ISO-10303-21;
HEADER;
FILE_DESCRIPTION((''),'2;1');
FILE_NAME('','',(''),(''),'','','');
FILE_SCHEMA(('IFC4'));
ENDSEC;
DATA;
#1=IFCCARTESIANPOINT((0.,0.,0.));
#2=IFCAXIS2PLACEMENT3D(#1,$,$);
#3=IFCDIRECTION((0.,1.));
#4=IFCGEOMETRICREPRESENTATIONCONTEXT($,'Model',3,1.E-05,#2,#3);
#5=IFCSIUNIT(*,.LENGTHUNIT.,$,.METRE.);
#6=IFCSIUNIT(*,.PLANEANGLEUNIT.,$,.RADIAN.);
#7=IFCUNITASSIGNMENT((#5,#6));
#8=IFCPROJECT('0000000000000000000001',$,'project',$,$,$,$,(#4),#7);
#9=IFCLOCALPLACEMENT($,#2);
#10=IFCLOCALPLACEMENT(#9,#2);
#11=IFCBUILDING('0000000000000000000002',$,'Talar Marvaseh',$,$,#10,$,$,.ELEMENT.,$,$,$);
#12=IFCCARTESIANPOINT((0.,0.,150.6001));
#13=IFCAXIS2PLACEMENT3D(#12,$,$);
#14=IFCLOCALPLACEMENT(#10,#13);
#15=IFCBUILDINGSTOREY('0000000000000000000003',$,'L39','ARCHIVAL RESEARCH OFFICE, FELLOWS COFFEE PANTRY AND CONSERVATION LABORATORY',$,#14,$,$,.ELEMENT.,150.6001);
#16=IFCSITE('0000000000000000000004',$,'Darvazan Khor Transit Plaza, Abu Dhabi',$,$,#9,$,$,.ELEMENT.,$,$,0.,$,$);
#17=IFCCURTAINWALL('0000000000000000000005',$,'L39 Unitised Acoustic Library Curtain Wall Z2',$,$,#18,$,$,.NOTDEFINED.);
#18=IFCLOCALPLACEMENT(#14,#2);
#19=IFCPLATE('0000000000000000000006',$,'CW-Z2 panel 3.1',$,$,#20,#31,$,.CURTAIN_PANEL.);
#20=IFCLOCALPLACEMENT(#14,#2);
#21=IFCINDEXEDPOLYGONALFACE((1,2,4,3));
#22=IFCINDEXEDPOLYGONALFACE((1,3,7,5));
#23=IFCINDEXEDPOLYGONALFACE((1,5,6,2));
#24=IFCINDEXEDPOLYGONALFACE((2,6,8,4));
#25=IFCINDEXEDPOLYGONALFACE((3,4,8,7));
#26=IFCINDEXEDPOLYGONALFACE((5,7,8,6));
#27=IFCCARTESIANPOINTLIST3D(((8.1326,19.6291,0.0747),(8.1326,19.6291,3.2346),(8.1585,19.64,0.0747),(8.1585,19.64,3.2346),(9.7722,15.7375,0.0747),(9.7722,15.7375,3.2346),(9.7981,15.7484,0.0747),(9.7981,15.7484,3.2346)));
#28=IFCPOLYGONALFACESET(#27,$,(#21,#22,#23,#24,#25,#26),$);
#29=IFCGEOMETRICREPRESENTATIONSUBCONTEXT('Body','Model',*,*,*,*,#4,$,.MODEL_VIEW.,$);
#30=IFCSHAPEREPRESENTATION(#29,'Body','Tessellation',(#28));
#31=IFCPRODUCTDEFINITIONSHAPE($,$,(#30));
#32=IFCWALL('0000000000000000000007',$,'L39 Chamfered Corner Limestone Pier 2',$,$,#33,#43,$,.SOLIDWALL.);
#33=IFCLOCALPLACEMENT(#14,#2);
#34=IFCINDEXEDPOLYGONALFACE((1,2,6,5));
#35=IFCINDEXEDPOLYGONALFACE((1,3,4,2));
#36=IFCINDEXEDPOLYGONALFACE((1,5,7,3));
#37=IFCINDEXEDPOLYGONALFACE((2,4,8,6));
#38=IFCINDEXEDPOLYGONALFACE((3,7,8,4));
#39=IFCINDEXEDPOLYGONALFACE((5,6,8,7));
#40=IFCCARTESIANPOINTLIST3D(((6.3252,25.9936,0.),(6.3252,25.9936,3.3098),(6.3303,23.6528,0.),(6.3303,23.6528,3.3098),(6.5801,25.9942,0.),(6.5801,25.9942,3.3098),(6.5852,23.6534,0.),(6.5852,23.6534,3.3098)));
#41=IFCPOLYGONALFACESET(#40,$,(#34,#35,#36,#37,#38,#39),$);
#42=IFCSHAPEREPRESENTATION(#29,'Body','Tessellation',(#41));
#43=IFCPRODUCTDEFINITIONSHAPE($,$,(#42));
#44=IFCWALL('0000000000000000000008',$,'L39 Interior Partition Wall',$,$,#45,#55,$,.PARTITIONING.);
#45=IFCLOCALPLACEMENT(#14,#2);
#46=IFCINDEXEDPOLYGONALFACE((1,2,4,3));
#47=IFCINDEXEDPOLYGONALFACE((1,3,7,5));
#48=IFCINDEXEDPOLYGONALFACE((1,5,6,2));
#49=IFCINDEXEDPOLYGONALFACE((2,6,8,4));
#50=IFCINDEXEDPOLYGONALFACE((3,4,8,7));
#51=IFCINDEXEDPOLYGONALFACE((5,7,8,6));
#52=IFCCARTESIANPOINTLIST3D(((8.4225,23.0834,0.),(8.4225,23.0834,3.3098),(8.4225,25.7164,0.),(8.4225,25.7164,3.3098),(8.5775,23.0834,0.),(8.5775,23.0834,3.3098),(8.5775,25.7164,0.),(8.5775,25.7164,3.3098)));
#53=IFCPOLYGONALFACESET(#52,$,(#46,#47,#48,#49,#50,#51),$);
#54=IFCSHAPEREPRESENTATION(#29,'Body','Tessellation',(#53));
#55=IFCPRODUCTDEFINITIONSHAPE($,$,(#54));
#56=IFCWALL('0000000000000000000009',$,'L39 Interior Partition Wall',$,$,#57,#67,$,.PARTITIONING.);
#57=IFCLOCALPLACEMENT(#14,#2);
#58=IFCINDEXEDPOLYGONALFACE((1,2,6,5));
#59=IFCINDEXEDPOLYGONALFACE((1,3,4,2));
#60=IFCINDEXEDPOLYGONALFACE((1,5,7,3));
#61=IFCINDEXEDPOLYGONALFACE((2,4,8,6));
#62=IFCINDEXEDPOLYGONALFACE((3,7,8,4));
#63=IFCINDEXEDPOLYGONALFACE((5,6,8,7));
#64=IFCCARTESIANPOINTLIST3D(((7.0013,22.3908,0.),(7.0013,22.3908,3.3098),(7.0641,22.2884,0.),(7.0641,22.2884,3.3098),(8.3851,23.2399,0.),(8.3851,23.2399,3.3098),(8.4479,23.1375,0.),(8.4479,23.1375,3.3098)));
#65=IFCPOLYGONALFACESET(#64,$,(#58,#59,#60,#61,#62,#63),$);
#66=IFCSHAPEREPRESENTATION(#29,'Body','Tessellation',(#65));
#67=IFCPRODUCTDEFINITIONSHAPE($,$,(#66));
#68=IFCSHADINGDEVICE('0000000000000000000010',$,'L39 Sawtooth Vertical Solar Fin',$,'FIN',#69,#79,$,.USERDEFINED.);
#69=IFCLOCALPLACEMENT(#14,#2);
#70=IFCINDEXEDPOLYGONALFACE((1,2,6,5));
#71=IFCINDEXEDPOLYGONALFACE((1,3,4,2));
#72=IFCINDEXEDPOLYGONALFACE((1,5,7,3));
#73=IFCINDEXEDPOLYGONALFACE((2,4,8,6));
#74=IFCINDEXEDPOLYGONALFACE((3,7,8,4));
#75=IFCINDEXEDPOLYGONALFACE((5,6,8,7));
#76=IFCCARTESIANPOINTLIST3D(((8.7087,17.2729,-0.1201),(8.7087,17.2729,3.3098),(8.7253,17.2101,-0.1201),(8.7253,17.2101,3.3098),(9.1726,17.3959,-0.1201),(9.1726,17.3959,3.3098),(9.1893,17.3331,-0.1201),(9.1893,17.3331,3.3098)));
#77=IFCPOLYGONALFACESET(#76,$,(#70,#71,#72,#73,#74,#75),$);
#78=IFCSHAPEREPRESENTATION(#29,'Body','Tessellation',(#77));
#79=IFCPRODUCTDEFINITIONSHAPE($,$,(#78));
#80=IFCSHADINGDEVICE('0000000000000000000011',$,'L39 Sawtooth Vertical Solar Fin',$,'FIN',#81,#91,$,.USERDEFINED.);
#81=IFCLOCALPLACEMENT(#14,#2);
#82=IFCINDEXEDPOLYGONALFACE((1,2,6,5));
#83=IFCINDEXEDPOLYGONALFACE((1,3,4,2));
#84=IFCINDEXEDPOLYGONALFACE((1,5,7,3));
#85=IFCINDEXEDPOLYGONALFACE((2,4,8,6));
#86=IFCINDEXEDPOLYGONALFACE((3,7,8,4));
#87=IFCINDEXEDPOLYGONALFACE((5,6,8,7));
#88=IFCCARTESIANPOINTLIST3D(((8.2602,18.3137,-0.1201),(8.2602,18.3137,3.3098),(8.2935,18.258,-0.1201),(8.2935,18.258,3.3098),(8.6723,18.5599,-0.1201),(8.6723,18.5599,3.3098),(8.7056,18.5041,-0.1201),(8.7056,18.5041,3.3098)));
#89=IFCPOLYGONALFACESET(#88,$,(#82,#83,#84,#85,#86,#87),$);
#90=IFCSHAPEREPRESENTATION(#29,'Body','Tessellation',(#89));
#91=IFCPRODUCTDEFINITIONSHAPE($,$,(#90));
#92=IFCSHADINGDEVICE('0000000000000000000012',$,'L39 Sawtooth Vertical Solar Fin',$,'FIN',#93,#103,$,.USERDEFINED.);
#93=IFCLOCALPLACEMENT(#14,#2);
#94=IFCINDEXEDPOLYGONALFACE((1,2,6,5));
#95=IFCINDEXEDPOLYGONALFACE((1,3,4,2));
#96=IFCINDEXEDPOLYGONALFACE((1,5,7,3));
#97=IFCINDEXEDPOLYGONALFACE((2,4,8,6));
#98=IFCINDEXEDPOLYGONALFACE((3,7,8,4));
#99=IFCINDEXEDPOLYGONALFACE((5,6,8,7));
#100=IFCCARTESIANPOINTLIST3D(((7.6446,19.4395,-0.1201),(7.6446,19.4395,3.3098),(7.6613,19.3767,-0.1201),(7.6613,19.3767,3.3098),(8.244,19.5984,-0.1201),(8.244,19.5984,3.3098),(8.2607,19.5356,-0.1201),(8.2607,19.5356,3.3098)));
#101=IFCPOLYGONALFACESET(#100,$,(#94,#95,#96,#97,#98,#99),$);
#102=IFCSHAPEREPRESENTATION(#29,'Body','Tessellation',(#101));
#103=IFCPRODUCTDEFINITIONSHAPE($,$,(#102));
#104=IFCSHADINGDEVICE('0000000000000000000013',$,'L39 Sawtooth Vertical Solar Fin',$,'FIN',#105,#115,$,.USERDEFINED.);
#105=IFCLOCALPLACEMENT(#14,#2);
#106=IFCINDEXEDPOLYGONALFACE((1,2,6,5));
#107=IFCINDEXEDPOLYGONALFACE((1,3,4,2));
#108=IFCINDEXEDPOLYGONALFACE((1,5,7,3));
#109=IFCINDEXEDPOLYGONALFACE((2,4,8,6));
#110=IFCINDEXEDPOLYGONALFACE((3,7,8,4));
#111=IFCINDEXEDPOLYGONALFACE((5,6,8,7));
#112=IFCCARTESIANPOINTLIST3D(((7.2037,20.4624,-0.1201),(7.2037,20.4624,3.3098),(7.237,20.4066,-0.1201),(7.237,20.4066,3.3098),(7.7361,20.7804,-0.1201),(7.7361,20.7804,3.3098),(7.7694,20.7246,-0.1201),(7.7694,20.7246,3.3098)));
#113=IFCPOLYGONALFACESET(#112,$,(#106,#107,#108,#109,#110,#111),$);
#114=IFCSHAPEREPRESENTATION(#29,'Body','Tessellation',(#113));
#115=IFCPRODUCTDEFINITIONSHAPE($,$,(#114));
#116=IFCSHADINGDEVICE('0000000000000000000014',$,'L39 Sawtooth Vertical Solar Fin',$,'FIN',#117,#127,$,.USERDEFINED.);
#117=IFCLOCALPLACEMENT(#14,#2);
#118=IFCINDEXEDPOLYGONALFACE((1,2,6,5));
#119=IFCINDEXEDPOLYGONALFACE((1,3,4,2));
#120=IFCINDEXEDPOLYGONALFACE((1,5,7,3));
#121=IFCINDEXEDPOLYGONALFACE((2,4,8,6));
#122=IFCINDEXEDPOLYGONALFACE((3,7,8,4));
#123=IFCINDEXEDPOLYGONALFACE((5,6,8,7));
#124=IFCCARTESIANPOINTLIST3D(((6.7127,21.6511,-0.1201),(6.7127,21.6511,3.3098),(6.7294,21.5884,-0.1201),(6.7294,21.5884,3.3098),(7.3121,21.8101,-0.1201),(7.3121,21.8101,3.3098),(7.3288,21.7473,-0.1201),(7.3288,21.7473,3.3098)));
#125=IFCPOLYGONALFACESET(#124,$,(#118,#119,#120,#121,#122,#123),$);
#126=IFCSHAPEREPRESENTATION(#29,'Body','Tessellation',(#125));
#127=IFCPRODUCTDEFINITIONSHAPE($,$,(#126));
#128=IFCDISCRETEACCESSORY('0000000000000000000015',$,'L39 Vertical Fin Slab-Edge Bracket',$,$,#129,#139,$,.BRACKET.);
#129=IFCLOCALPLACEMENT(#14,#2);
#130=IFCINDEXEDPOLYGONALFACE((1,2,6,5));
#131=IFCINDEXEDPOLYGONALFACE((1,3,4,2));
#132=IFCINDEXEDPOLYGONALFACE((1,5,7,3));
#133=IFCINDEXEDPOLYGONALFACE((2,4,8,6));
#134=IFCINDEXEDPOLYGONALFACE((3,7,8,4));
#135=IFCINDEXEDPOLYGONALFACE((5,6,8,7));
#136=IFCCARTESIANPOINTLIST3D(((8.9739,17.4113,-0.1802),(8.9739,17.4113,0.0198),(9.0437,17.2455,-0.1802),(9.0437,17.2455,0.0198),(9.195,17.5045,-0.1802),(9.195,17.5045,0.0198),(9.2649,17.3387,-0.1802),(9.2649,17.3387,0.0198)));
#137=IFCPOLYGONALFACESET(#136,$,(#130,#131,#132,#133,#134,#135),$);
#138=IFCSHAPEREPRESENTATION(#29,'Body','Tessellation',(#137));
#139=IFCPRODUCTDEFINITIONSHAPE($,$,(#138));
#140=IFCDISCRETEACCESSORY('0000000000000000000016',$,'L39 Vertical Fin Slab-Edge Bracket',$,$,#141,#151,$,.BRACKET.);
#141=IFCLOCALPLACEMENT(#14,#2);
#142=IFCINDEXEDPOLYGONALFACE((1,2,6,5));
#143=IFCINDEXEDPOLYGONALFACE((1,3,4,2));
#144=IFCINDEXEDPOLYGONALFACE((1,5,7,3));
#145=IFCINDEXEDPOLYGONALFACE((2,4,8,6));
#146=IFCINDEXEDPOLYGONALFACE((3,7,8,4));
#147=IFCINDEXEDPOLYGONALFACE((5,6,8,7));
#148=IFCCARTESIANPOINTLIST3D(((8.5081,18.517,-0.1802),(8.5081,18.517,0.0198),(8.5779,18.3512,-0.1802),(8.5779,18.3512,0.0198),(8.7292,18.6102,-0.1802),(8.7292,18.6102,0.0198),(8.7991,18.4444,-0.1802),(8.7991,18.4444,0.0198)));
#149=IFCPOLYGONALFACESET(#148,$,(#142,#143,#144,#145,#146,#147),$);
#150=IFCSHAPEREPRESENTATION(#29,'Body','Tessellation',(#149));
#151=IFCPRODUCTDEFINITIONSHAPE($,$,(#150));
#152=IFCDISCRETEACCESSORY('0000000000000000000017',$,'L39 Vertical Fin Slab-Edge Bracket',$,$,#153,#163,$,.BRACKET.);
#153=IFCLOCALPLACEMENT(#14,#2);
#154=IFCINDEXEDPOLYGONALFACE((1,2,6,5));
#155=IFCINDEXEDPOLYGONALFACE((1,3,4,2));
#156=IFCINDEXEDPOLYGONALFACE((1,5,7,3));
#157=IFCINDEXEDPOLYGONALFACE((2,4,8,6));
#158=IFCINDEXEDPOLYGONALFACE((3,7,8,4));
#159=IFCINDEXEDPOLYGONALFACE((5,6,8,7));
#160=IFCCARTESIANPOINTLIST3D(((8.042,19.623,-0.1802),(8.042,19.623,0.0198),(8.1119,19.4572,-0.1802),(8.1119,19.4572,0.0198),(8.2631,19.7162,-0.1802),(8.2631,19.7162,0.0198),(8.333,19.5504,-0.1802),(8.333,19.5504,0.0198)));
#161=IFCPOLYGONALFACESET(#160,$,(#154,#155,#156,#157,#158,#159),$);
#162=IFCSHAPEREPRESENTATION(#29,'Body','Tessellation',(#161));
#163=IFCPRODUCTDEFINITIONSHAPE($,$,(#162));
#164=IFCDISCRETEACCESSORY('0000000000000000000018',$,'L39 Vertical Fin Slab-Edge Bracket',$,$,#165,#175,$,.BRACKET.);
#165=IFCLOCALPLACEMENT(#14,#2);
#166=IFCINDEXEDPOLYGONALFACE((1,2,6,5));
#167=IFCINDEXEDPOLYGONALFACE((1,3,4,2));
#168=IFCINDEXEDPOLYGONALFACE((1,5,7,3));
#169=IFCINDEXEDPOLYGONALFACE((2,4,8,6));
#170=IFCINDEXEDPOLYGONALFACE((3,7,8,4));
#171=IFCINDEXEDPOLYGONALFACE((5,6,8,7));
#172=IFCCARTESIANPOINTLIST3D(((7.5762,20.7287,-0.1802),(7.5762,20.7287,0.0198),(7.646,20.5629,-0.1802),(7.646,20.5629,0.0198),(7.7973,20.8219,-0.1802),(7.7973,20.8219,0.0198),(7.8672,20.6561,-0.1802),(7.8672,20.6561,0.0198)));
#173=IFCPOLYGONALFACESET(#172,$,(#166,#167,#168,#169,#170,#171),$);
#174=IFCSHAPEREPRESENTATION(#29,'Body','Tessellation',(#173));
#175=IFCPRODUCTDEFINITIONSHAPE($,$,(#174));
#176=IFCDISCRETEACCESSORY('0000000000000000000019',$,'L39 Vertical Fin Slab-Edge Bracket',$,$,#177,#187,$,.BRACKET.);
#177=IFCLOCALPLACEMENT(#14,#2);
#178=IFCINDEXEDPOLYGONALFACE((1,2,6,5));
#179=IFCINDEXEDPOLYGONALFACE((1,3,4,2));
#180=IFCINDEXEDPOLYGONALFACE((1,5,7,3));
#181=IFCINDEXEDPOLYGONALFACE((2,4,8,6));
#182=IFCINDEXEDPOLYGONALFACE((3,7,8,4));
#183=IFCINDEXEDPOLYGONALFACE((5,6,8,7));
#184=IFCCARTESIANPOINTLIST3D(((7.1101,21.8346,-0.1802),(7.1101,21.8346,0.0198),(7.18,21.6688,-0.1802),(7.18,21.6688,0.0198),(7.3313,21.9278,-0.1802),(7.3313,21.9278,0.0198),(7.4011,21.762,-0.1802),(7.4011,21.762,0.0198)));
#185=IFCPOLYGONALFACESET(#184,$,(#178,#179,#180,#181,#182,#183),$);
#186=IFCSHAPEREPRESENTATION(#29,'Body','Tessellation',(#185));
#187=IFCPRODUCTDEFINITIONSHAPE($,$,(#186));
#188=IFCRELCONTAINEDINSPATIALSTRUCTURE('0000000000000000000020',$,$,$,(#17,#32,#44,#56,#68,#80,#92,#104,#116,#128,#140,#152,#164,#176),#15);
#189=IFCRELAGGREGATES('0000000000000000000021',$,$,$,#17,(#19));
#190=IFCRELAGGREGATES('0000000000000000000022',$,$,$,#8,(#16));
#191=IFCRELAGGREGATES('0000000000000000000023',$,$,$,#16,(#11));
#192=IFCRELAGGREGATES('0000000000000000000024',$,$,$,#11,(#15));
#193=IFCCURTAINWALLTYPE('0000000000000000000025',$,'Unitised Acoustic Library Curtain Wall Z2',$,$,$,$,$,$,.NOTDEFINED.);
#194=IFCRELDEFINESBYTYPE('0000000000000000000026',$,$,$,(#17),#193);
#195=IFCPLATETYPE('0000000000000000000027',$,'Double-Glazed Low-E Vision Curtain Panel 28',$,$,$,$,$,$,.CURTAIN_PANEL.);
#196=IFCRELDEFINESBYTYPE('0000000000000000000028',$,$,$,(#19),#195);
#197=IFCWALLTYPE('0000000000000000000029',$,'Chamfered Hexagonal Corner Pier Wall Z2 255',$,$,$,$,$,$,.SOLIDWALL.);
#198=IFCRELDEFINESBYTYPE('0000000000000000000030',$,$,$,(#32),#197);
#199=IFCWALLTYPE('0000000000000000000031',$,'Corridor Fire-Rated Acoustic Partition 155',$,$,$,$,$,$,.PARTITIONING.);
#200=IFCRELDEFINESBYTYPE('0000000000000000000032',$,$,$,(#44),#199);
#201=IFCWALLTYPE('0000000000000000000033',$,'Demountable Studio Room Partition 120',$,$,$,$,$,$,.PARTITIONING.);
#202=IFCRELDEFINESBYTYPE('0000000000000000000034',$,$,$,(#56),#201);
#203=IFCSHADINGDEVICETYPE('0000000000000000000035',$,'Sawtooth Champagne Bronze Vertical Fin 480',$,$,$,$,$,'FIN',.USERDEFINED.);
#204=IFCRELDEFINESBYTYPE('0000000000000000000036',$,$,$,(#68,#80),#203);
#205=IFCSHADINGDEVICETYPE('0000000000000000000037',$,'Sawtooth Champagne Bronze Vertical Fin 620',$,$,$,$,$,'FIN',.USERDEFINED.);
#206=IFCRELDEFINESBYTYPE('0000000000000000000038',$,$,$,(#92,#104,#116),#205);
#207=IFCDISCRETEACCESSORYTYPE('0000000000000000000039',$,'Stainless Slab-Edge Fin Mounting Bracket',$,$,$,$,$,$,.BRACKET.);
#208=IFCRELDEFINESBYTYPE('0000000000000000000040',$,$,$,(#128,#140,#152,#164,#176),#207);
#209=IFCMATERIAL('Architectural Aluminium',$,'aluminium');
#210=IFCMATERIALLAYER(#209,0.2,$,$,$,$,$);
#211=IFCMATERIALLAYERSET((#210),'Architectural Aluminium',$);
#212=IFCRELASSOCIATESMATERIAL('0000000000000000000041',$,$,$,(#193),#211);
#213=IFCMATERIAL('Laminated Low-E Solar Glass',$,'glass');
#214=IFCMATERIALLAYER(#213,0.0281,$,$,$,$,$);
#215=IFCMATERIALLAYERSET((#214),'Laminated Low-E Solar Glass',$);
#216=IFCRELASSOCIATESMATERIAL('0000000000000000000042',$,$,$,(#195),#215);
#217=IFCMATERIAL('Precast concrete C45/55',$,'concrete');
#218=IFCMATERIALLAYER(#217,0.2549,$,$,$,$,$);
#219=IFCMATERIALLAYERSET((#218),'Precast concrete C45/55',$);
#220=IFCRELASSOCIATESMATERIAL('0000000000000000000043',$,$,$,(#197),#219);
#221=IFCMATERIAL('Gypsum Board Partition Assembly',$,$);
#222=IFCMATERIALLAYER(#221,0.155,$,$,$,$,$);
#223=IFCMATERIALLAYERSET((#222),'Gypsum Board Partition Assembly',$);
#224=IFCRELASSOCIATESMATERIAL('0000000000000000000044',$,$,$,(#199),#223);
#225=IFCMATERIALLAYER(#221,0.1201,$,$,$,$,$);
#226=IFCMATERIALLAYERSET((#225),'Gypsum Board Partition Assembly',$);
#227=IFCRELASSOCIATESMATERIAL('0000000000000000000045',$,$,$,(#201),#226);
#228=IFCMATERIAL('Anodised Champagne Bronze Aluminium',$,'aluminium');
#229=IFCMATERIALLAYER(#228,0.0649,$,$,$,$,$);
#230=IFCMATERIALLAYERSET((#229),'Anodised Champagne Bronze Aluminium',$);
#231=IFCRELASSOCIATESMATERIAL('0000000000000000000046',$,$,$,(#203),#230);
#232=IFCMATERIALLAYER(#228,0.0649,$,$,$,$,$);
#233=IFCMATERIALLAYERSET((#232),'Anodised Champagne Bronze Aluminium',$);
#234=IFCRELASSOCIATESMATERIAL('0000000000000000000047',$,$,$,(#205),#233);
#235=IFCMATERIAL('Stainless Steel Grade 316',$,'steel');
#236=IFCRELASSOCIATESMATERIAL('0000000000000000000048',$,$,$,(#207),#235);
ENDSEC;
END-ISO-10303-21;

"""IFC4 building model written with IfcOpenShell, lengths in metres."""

from ifc_helpers import new_model, si_unit, direction, frame, frame_2d, origin, origin_2d, place, context, subcontext, project, spatial, rectangle, extrude, source, transform, mapped, material, layer, layer_set, type_object, type_shapes, element, aggregate, save


model = new_model("IFC4")

# Units and contexts
model_context = context("Model", 3, precision=1e-05, world=origin(), true_north=direction((0.0, 1.0)))
body_context = subcontext(model_context, "Body", "Model", "MODEL_VIEW")
ifc_project = project(units=[si_unit("LENGTHUNIT", "METRE"), si_unit("PLANEANGLEUNIT", "RADIAN")], contexts=[model_context])

# Site, building, storey
site_placement = place(None, origin())
site = spatial("IfcSite", under=ifc_project, at=site_placement, Name="Darvazan Khor Transit Plaza, Abu Dhabi", CompositionType="ELEMENT", RefElevation=0.0)
building_placement = place(site_placement, origin())
building = spatial("IfcBuilding", under=site, at=building_placement, Name="Talar Marvaseh", CompositionType="ELEMENT")
storey_placement = place(building_placement, frame((0.0, 0.0, 150.6001)))
storey = spatial("IfcBuildingStorey", under=building, at=storey_placement, Name="L39", Description="ARCHIVAL RESEARCH OFFICE, FELLOWS COFFEE PANTRY AND CONSERVATION LABORATORY", CompositionType="ELEMENT", Elevation=150.6001)

# Curtain wall, plate
ifc_material_1 = material(Name="Architectural Aluminium", Category="aluminium")
ifc_layer_1 = layer(ifc_material_1, 0.2)
ifc_layer_set_1 = layer_set([ifc_layer_1], Name="Architectural Aluminium")
curtain_wall_type = type_object("IfcCurtainWallType", Name="Unitised Acoustic Library Curtain Wall Z2", PredefinedType="NOTDEFINED", material=ifc_layer_set_1)
curtain_wall_placement = place(storey_placement, origin())
curtain_wall = element("IfcCurtainWall", 1, at=curtain_wall_placement, inside=storey, type_object=curtain_wall_type, Name="L39 Unitised Acoustic Library Curtain Wall Z2", PredefinedType="NOTDEFINED")
ifc_material_2 = material(Name="Laminated Low-E Solar Glass", Category="glass")
ifc_layer_2 = layer(ifc_material_2, 0.0281)
ifc_layer_set_2 = layer_set([ifc_layer_2], Name="Laminated Low-E Solar Glass")
plate_type = type_object("IfcPlateType", Name="Double-Glazed Low-E Vision Curtain Panel 28", PredefinedType="CURTAIN_PANEL", material=ifc_layer_set_2)
shared_shape_1 = source(origin(), body_context, "Body", "SweptSolid", [
    extrude(rectangle(XDim=4.2229, YDim=0.0281, at=origin_2d()), origin(), (0.0, 0.0, 1.0), 3.1599),
])
plate_1_placement = place(storey_placement, frame((8.9653, 17.6887, 0.0747), z_axis=(0.0, 0.0, 1.0), x_axis=(-0.38826, 0.92155, 0.0)))
plate_1 = element("IfcPlate", 2, at=plate_1_placement, type_object=plate_type, Name="CW-Z2 panel 3.1", PredefinedType="CURTAIN_PANEL", context=body_context, shape_type="MappedRepresentation", body=[
    mapped(shared_shape_1, transform((0.0, 0.0, 0.0), x_axis=(1.0, 0.0, 0.0), y_axis=(0.0, 1.0, 0.0), z_axis=(0.0, 0.0, 1.0), scale=1.0)),
])
aggregate(curtain_wall, [plate_1])

# Walls
ifc_material_3 = material(Name="Precast concrete C45/55", Category="concrete")
ifc_layer_3 = layer(ifc_material_3, 0.2549)
ifc_layer_set_3 = layer_set([ifc_layer_3], Name="Precast concrete C45/55")
wall_type_1 = type_object("IfcWallType", Name="Chamfered Hexagonal Corner Pier Wall Z2 255", PredefinedType="SOLIDWALL", material=ifc_layer_set_3)
wall_1_placement = place(storey_placement, frame((6.4578, 23.6531, 0.0), z_axis=(0.0, 0.0, 1.0), x_axis=(-0.00219, 0.999998, 0.0)))
element("IfcWall", 3, at=wall_1_placement, inside=storey, type_object=wall_type_1, Name="L39 Chamfered Corner Limestone Pier 2", PredefinedType="SOLIDWALL", context=body_context, shape_type="SweptSolid", body=[
    extrude(rectangle(XDim=2.3408, YDim=0.2549, at=frame_2d((1.1704, 0.0))), origin(), (0.0, 0.0, 1.0), 3.3098),
])
ifc_material_4 = material(Name="Gypsum Board Partition Assembly")
ifc_layer_4 = layer(ifc_material_4, 0.155)
ifc_layer_set_4 = layer_set([ifc_layer_4], Name="Gypsum Board Partition Assembly")
wall_type_2 = type_object("IfcWallType", Name="Corridor Fire-Rated Acoustic Partition 155", PredefinedType="PARTITIONING", material=ifc_layer_set_4)
wall_2_placement = place(storey_placement, frame((8.5, 23.0835, 0.0), z_axis=(0.0, 0.0, 1.0), x_axis=(0.0, 1.0, 0.0)))
element("IfcWall", 4, at=wall_2_placement, inside=storey, type_object=wall_type_2, Name="L39 Interior Partition Wall", PredefinedType="PARTITIONING", context=body_context, shape_type="SweptSolid", body=[
    extrude(rectangle(XDim=2.6331, YDim=0.155, at=frame_2d((1.3164, 0.0))), origin(), (0.0, 0.0, 1.0), 3.3098),
])
ifc_layer_5 = layer(ifc_material_4, 0.1201)
ifc_layer_set_5 = layer_set([ifc_layer_5], Name="Gypsum Board Partition Assembly")
wall_type_3 = type_object("IfcWallType", Name="Demountable Studio Room Partition 120", PredefinedType="PARTITIONING", material=ifc_layer_set_5)
wall_3_placement = place(storey_placement, frame((8.4165, 23.1887, 0.0), z_axis=(0.0, 0.0, 1.0), x_axis=(-0.852329, -0.523006, 0.0)))
element("IfcWall", 5, at=wall_3_placement, inside=storey, type_object=wall_type_3, Name="L39 Interior Partition Wall", PredefinedType="PARTITIONING", context=body_context, shape_type="SweptSolid", body=[
    extrude(rectangle(XDim=1.6235, YDim=0.1201, at=frame_2d((0.8118, 0.0))), origin(), (0.0, 0.0, 1.0), 3.3098),
])

# Shading devices
ifc_material_5 = material(Name="Anodised Champagne Bronze Aluminium", Category="aluminium")
ifc_layer_6 = layer(ifc_material_5, 0.0649)
ifc_layer_set_6 = layer_set([ifc_layer_6], Name="Anodised Champagne Bronze Aluminium")
shading_device_type_1 = type_object("IfcShadingDeviceType", Name="Sawtooth Champagne Bronze Vertical Fin 480", ElementType="FIN", PredefinedType="USERDEFINED", material=ifc_layer_set_6)
shared_shape_2 = source(origin(), body_context, "Body", "SweptSolid", [
    extrude(rectangle(XDim=0.48, YDim=0.0649, at=origin_2d()), origin(), (0.0, 0.0, 1.0), 3.4299),
])
type_shapes(shading_device_type_1, [shared_shape_2])
for number, where, z_axis, x_axis, name in (
    (6, (8.949, 17.303, -0.1201), (0.0, 0.0, 1.0), (-0.9666, -0.256289, 0.0), "L39 Sawtooth Vertical Solar Fin"),
    (7, (8.4829, 18.4089, -0.1201), (0.0, 0.0, 1.0), (-0.858513, -0.512792, 0.0), "L39 Sawtooth Vertical Solar Fin"),
):
    element("IfcShadingDevice", number, at=place(storey_placement, frame(where, z_axis=z_axis, x_axis=x_axis)), inside=storey, type_object=shading_device_type_1, Name=name, ObjectType="FIN", PredefinedType="USERDEFINED", context=body_context, shape_type="MappedRepresentation", body=[
        mapped(shared_shape_2, transform((0.0, 0.0, 0.0), x_axis=(1.0, 0.0, 0.0), y_axis=(0.0, 1.0, 0.0), z_axis=(0.0, 0.0, 1.0), scale=1.0)),
    ])
ifc_layer_7 = layer(ifc_material_5, 0.0649)
ifc_layer_set_7 = layer_set([ifc_layer_7], Name="Anodised Champagne Bronze Aluminium")
shading_device_type_2 = type_object("IfcShadingDeviceType", Name="Sawtooth Champagne Bronze Vertical Fin 620", ElementType="FIN", PredefinedType="USERDEFINED", material=ifc_layer_set_7)
shared_shape_3 = source(origin(), body_context, "Body", "SweptSolid", [
    extrude(rectangle(XDim=0.6201, YDim=0.0649, at=origin_2d()), origin(), (0.0, 0.0, 1.0), 3.4299),
])
type_shapes(shading_device_type_2, [shared_shape_3])
for number, where, z_axis, x_axis, name in (
    (8, (7.9526, 19.4875, -0.1201), (0.0, 0.0, 1.0), (-0.9666, -0.256289, 0.0), "L39 Sawtooth Vertical Solar Fin"),
    (9, (7.4866, 20.5935, -0.1201), (0.0, 0.0, 1.0), (-0.858513, -0.512792, 0.0), "L39 Sawtooth Vertical Solar Fin"),
    (10, (7.0208, 21.6992, -0.1201), (0.0, 0.0, 1.0), (-0.9666, -0.256289, 0.0), "L39 Sawtooth Vertical Solar Fin"),
):
    element("IfcShadingDevice", number, at=place(storey_placement, frame(where, z_axis=z_axis, x_axis=x_axis)), inside=storey, type_object=shading_device_type_2, Name=name, ObjectType="FIN", PredefinedType="USERDEFINED", context=body_context, shape_type="MappedRepresentation", body=[
        mapped(shared_shape_3, transform((0.0, 0.0, 0.0), x_axis=(1.0, 0.0, 0.0), y_axis=(0.0, 1.0, 0.0), z_axis=(0.0, 0.0, 1.0), scale=1.0)),
    ])

# Discrete accessories
ifc_material_6 = material(Name="Stainless Steel Grade 316", Category="steel")
discrete_accessory_type = type_object("IfcDiscreteAccessoryType", Name="Stainless Slab-Edge Fin Mounting Bracket", PredefinedType="BRACKET", material=ifc_material_6)
shared_shape_4 = source(origin(), body_context, "Body", "SweptSolid", [
    extrude(rectangle(XDim=0.24, YDim=0.1799, at=origin_2d()), origin(), (0.0, 0.0, 1.0), 0.2),
])
type_shapes(discrete_accessory_type, [shared_shape_4])
for number, where, z_axis, x_axis, name in (
    (11, (9.1194, 17.375, -0.1802), (0.0, 0.0, 1.0), (-0.921525, -0.38832, 0.0), "L39 Vertical Fin Slab-Edge Bracket"),
    (12, (8.6536, 18.4807, -0.1802), (0.0, 0.0, 1.0), (-0.921525, -0.38832, 0.0), "L39 Vertical Fin Slab-Edge Bracket"),
    (13, (8.1875, 19.5867, -0.1802), (0.0, 0.0, 1.0), (-0.921525, -0.38832, 0.0), "L39 Vertical Fin Slab-Edge Bracket"),
    (14, (7.7217, 20.6924, -0.1802), (0.0, 0.0, 1.0), (-0.921525, -0.38832, 0.0), "L39 Vertical Fin Slab-Edge Bracket"),
    (15, (7.2556, 21.7983, -0.1802), (0.0, 0.0, 1.0), (-0.921525, -0.38832, 0.0), "L39 Vertical Fin Slab-Edge Bracket"),
):
    element("IfcDiscreteAccessory", number, at=place(storey_placement, frame(where, z_axis=z_axis, x_axis=x_axis)), inside=storey, type_object=discrete_accessory_type, Name=name, PredefinedType="BRACKET", context=body_context, shape_type="MappedRepresentation", body=[
        mapped(shared_shape_4, transform((0.0, 0.0, 0.0), x_axis=(1.0, 0.0, 0.0), y_axis=(0.0, 1.0, 0.0), z_axis=(0.0, 0.0, 1.0), scale=1.0)),
    ])

save(model, "model.ifc")
